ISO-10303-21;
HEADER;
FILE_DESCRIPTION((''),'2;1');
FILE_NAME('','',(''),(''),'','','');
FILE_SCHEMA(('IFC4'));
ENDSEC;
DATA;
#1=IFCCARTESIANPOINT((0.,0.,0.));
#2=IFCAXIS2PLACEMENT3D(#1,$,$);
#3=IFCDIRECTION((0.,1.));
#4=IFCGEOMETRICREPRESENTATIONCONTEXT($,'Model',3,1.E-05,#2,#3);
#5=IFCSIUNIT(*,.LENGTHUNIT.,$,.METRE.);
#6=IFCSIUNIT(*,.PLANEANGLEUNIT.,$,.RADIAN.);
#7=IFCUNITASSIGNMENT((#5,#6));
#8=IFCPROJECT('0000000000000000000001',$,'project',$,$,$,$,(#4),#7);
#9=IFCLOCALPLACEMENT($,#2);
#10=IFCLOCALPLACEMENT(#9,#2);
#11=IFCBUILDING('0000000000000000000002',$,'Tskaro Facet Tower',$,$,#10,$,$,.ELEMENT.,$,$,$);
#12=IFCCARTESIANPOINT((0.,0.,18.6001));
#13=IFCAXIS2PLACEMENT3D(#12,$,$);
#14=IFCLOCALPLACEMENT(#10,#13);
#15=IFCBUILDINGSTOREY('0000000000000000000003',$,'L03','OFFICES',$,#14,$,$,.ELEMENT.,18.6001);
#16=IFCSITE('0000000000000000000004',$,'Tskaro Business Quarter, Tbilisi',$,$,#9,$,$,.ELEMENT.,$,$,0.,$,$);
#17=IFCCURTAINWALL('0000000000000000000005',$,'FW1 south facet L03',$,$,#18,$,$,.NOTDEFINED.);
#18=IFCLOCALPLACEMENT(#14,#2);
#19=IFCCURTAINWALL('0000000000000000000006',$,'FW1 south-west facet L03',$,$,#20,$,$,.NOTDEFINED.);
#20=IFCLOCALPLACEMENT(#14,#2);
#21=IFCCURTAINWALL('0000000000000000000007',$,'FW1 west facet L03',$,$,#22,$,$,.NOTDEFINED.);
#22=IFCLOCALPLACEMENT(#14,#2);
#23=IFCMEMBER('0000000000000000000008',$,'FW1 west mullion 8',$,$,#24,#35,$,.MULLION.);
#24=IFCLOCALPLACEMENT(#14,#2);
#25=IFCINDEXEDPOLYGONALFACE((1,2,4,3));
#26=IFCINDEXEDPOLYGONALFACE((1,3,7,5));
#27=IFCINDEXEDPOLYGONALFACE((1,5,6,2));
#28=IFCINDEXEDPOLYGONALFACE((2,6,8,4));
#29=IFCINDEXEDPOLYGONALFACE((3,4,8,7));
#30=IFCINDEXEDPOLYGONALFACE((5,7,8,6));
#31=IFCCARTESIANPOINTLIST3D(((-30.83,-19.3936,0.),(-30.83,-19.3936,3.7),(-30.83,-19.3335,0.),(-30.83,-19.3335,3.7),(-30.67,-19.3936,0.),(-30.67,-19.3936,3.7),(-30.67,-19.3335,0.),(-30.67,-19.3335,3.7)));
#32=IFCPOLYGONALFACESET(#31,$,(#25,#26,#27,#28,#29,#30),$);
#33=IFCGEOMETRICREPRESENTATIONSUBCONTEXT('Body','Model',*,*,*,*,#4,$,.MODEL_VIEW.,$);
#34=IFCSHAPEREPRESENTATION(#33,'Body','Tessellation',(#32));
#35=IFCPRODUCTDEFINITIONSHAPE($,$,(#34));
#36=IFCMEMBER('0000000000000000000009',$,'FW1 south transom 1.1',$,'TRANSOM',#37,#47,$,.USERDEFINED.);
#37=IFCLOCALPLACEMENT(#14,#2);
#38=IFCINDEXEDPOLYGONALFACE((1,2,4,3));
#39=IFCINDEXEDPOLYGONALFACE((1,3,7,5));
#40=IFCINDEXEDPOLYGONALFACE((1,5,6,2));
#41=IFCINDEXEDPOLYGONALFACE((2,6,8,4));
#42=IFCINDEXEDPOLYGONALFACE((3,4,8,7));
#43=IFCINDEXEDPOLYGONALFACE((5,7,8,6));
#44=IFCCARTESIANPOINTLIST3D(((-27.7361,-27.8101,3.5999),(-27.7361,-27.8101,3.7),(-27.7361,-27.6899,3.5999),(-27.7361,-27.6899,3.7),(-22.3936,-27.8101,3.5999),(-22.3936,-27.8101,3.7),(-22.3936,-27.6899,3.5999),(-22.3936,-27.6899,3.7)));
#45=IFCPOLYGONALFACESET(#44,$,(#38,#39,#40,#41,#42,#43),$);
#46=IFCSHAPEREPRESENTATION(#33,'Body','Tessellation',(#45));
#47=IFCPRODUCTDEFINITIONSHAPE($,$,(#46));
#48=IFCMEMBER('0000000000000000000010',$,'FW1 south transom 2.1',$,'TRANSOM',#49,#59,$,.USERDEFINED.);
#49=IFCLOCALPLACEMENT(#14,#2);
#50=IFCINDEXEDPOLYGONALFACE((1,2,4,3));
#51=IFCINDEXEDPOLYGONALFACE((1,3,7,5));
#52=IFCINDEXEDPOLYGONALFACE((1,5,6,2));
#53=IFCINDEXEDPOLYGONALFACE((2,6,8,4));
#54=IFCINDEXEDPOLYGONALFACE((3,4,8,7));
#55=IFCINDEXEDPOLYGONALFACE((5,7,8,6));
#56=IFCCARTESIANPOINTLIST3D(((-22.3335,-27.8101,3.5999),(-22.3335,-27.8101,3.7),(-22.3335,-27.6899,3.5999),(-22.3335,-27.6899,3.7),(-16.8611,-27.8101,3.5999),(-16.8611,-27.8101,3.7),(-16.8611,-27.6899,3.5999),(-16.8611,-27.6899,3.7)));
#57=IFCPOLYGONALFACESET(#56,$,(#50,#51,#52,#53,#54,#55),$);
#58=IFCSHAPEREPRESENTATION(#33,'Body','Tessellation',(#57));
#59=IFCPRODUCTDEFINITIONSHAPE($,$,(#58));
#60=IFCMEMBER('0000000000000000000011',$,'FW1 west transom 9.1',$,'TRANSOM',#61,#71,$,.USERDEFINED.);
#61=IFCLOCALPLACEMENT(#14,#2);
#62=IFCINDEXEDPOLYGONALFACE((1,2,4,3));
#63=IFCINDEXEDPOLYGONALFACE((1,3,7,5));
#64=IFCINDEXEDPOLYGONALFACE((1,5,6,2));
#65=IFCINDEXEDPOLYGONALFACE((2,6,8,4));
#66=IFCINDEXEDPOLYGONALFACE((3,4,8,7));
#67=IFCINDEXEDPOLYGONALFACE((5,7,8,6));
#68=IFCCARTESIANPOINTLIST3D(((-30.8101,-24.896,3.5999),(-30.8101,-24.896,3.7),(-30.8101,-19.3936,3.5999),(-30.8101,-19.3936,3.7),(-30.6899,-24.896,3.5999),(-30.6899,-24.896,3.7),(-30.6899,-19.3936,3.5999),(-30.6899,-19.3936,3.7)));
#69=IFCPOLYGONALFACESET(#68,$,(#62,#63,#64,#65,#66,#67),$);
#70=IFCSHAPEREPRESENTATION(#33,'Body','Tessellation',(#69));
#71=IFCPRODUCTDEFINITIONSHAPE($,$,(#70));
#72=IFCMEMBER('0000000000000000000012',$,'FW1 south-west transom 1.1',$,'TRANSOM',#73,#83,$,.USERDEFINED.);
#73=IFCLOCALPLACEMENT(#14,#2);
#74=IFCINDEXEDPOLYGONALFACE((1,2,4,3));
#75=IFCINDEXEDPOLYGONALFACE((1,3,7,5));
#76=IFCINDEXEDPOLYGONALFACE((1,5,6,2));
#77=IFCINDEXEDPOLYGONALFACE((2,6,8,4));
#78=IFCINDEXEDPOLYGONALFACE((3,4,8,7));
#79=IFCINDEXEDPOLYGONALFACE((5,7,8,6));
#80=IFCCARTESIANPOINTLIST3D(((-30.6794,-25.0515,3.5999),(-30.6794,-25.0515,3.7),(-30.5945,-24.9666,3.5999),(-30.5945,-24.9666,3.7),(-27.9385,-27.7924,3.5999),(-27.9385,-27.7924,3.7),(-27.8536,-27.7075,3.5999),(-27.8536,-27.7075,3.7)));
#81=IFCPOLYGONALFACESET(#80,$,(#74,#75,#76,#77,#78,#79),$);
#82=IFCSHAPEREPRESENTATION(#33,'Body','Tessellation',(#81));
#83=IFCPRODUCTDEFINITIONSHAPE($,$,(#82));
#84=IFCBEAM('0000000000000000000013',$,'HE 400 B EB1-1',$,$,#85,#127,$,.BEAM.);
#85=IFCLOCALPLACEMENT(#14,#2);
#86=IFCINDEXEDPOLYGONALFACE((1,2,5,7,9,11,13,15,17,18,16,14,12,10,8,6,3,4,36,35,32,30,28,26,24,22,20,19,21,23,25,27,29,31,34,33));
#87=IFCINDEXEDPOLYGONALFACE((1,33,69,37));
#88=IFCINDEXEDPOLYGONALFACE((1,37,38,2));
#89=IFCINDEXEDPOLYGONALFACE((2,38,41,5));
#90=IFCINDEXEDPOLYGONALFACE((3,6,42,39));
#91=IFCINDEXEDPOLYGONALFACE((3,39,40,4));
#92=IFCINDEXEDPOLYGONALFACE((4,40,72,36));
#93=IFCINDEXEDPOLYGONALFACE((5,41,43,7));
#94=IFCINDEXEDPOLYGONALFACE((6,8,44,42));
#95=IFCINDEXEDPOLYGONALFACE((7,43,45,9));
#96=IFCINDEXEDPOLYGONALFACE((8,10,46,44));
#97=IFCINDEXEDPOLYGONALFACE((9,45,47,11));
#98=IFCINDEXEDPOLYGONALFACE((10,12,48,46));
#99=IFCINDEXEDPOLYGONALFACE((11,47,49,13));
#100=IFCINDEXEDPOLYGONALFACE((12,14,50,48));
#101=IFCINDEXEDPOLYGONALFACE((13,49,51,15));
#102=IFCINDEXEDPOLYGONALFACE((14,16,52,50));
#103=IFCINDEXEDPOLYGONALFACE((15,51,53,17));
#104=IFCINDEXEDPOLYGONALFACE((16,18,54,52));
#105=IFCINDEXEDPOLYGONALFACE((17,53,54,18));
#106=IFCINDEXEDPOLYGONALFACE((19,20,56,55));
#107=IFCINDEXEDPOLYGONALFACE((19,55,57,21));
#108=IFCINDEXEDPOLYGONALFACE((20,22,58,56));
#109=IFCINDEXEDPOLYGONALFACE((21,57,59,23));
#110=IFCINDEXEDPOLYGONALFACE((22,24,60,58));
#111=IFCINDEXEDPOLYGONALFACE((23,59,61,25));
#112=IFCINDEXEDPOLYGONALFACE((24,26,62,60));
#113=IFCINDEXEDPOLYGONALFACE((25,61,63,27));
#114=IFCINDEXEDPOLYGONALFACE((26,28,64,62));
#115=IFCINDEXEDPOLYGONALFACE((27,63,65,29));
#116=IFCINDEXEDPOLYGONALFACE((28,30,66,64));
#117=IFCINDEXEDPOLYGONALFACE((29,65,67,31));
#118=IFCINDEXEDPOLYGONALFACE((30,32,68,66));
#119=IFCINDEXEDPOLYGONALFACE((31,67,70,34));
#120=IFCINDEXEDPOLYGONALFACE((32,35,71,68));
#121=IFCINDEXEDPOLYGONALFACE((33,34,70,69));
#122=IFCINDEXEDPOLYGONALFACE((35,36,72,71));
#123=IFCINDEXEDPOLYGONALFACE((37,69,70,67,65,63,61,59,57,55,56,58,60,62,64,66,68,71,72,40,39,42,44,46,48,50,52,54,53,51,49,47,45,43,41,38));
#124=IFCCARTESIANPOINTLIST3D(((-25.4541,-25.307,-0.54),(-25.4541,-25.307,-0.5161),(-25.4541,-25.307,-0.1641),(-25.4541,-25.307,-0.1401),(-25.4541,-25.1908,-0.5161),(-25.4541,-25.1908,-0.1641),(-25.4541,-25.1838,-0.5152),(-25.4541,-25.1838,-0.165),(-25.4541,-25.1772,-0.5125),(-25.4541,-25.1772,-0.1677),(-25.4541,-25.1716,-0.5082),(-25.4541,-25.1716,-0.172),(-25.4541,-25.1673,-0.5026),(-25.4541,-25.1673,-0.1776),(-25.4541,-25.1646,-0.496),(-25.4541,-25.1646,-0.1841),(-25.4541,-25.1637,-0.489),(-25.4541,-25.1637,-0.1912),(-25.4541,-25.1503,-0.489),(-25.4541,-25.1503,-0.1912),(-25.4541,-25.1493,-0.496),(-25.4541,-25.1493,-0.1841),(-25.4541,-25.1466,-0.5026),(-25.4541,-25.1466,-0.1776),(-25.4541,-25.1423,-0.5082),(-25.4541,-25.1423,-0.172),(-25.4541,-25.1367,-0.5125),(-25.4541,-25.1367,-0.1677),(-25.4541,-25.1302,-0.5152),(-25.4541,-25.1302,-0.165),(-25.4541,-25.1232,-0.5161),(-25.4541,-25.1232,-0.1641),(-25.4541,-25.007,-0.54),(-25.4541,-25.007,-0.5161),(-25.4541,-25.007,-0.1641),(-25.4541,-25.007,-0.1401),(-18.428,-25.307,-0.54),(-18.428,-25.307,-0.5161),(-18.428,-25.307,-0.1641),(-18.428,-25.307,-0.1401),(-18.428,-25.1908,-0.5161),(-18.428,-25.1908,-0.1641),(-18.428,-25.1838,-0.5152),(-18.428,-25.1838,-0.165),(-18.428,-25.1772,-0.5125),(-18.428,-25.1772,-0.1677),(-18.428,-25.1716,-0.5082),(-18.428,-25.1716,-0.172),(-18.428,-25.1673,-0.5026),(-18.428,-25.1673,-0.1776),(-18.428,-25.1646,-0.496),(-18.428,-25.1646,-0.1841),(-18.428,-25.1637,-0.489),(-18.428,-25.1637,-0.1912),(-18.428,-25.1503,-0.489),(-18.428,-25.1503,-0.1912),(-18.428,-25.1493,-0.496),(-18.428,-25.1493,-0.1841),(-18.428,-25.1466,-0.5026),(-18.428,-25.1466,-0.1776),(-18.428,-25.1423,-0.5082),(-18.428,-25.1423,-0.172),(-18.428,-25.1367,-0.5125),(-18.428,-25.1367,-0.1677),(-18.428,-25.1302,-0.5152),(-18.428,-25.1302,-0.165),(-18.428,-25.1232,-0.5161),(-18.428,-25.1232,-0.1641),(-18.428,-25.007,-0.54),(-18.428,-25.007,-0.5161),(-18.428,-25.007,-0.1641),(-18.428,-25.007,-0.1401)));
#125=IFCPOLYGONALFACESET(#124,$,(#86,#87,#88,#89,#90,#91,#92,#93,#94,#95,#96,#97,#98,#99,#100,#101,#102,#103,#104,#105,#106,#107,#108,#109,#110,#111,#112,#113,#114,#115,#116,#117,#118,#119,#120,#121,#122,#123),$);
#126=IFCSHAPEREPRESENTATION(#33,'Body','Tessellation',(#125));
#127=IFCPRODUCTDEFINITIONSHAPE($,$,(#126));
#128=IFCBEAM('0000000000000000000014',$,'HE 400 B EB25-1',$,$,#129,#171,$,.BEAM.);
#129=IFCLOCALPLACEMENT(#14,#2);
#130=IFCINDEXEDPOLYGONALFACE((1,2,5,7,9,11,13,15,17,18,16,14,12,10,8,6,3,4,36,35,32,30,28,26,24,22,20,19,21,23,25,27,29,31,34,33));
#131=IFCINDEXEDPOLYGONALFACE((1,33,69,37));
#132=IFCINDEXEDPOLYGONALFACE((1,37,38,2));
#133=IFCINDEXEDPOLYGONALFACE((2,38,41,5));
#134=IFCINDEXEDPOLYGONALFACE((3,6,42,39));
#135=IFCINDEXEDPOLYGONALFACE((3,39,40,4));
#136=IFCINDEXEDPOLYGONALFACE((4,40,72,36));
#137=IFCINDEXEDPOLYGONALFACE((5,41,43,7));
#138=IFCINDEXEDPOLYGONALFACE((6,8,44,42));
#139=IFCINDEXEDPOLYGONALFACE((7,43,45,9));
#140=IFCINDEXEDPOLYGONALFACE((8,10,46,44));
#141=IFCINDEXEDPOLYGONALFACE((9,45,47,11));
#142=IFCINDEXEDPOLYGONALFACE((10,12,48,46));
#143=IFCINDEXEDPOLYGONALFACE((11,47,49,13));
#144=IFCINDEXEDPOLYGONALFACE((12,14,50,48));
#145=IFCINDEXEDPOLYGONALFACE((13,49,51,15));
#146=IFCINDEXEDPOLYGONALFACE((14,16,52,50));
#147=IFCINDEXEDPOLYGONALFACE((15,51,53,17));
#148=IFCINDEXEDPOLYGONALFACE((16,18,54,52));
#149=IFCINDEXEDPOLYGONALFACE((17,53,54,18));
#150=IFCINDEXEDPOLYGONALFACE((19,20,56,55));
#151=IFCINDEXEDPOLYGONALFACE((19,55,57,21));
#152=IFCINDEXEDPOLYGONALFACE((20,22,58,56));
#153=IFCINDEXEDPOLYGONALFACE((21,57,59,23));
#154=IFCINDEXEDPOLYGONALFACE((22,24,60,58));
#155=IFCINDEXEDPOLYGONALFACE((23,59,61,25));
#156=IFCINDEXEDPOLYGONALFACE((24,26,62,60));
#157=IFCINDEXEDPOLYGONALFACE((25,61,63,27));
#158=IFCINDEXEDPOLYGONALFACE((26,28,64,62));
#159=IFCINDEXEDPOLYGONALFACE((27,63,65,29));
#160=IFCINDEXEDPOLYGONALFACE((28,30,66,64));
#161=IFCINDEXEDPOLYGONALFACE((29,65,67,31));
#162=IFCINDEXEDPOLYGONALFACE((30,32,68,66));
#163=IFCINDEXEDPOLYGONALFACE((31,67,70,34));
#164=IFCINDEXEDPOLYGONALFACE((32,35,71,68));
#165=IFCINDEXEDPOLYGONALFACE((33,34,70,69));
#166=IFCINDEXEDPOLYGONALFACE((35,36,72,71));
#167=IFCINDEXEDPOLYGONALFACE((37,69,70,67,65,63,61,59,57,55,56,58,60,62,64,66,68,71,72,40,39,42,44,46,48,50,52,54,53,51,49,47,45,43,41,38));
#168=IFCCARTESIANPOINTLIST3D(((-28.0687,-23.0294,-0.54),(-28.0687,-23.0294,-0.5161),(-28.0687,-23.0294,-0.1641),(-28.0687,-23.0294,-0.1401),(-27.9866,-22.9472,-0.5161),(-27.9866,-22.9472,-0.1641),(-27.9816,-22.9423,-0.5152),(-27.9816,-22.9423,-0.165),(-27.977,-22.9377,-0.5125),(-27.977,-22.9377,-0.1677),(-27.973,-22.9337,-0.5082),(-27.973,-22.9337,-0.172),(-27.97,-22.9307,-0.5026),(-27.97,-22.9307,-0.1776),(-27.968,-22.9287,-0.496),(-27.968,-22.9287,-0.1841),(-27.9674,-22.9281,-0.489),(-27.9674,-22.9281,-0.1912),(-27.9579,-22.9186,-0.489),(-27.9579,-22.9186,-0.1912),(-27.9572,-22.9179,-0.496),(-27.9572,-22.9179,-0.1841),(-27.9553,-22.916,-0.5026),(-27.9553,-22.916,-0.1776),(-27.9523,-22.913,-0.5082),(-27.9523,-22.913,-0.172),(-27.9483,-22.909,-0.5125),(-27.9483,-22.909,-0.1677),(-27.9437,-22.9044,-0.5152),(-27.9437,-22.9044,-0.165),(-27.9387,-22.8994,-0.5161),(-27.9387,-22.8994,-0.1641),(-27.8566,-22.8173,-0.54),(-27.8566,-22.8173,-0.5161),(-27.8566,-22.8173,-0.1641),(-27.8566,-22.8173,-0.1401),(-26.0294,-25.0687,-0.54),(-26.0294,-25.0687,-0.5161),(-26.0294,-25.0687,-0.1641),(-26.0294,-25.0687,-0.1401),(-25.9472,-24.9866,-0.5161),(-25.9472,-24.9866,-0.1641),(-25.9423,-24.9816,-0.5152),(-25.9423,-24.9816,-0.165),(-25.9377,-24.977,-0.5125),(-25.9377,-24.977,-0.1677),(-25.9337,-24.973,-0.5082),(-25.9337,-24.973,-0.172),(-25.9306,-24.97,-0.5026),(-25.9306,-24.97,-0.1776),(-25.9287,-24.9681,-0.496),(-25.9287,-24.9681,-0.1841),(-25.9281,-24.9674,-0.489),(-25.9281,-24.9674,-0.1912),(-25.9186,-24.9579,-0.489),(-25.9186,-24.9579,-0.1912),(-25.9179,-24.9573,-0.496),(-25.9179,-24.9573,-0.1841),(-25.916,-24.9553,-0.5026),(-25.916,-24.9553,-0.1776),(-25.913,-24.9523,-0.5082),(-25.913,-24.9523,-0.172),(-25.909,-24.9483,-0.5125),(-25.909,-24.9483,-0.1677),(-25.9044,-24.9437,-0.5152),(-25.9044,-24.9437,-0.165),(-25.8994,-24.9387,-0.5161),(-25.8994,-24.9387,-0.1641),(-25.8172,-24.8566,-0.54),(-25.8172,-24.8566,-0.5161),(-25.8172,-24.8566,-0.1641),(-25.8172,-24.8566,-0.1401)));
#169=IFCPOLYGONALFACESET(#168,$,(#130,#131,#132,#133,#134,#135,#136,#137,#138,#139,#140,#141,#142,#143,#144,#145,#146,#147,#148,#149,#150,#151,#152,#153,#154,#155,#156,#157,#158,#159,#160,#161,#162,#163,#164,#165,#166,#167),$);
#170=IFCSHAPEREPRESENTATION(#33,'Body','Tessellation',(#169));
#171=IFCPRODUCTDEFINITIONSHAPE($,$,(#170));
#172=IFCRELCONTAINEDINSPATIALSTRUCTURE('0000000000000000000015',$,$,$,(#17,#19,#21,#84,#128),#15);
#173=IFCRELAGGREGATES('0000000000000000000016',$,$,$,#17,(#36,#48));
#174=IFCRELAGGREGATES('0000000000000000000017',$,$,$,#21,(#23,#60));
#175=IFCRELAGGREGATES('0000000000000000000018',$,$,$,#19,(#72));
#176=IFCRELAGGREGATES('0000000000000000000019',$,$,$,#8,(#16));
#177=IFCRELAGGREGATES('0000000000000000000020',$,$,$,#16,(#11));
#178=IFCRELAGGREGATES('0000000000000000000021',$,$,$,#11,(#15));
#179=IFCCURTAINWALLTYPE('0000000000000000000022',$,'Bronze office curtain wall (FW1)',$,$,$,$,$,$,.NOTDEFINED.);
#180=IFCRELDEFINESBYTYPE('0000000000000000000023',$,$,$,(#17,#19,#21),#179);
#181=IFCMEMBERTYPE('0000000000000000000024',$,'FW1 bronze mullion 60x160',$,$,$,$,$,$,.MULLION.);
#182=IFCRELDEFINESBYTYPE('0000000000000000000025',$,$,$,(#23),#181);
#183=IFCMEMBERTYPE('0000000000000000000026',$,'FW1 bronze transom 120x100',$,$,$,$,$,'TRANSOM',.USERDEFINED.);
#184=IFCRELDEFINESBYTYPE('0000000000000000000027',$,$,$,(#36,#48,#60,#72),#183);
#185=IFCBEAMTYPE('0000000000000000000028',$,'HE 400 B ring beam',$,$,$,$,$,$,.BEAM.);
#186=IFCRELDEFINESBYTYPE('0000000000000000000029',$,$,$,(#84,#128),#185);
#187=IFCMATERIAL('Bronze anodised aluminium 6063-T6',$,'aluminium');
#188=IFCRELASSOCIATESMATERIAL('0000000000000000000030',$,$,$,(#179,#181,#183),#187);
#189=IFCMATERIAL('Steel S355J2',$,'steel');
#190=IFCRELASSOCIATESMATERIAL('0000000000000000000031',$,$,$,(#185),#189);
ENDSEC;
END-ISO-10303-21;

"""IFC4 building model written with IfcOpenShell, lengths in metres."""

from ifc_helpers import new_model, si_unit, direction, frame, origin, origin_2d, place, context, subcontext, project, spatial, rectangle, i_section, extrude, material, material_profile, profile_set, type_object, element, aggregate, save


model = new_model("IFC4")

# Units and contexts
model_context = context("Model", 3, precision=1e-05, world=origin(), true_north=direction((0.0, 1.0)))
body_context = subcontext(model_context, "Body", "Model", "MODEL_VIEW")
ifc_project = project(units=[si_unit("LENGTHUNIT", "METRE"), si_unit("PLANEANGLEUNIT", "RADIAN")], contexts=[model_context])

# Site, building, storey
site_placement = place(None, origin())
site = spatial("IfcSite", under=ifc_project, at=site_placement, Name="Tskaro Business Quarter, Tbilisi", CompositionType="ELEMENT", RefElevation=0.0)
building_placement = place(site_placement, origin())
building = spatial("IfcBuilding", under=site, at=building_placement, Name="Tskaro Facet Tower", CompositionType="ELEMENT")
storey_placement = place(building_placement, frame((0.0, 0.0, 18.6001)))
storey = spatial("IfcBuildingStorey", under=building, at=storey_placement, Name="L03", Description="OFFICES", CompositionType="ELEMENT", Elevation=18.6001)

# Curtain walls
ifc_material_1 = material(Name="Bronze anodised aluminium 6063-T6", Category="aluminium")
curtain_wall_type = type_object("IfcCurtainWallType", Name="Bronze office curtain wall (FW1)", PredefinedType="NOTDEFINED", material=ifc_material_1)
curtain_wall_1_placement = place(storey_placement, origin())
curtain_wall_1 = element("IfcCurtainWall", 1, at=curtain_wall_1_placement, inside=storey, type_object=curtain_wall_type, Name="FW1 south facet L03", PredefinedType="NOTDEFINED")
curtain_wall_2_placement = place(storey_placement, origin())
curtain_wall_2 = element("IfcCurtainWall", 2, at=curtain_wall_2_placement, inside=storey, type_object=curtain_wall_type, Name="FW1 south-west facet L03", PredefinedType="NOTDEFINED")

# Shared definitions
ifc_material_profile_1 = material_profile(ifc_material_1, rectangle(XDim=0.0601, YDim=0.1599, at=origin_2d()), Name="Mullion 60x160")
ifc_profile_set_1 = profile_set([ifc_material_profile_1], Name="Bronze anodised aluminium 6063-T6")
member_type_1 = type_object("IfcMemberType", Name="FW1 bronze mullion 60x160", PredefinedType="MULLION", material=ifc_profile_set_1)

# Curtain wall, member
curtain_wall_3_placement = place(storey_placement, origin())
curtain_wall_3 = element("IfcCurtainWall", 3, at=curtain_wall_3_placement, inside=storey, type_object=curtain_wall_type, Name="FW1 west facet L03", PredefinedType="NOTDEFINED")
member_1_placement = place(storey_placement, frame((-30.75, -19.3635, 0.0), z_axis=(0.0, 0.0, 1.0), x_axis=(0.0, -1.0, 0.0)))
member_1 = element("IfcMember", 4, at=member_1_placement, type_object=member_type_1, Name="FW1 west mullion 8", PredefinedType="MULLION", context=body_context, shape_type="SweptSolid", body=[
    extrude(rectangle(XDim=0.0601, YDim=0.1599, at=origin_2d()), origin(), (0.0, 0.0, 1.0), 3.7),
])

# Members
ifc_material_profile_2 = material_profile(ifc_material_1, rectangle(XDim=0.1201, YDim=0.1001, at=origin_2d()), Name="Transom 120x100")
ifc_profile_set_2 = profile_set([ifc_material_profile_2], Name="Bronze anodised aluminium 6063-T6")
member_type_2 = type_object("IfcMemberType", Name="FW1 bronze transom 120x100", ElementType="TRANSOM", PredefinedType="USERDEFINED", material=ifc_profile_set_2)
member_2_placement = place(storey_placement, frame((-27.7361, -27.75, 3.6499), z_axis=(1.0, 0.0, 0.0), x_axis=(0.0, 1.0, 0.0)))
member_2 = element("IfcMember", 5, at=member_2_placement, type_object=member_type_2, Name="FW1 south transom 1.1", ObjectType="TRANSOM", PredefinedType="USERDEFINED", context=body_context, shape_type="SweptSolid", body=[
    extrude(rectangle(XDim=0.1201, YDim=0.1001, at=origin_2d()), origin(), (0.0, 0.0, 1.0), 5.3425),
])
member_3_placement = place(storey_placement, frame((-22.3335, -27.75, 3.6499), z_axis=(1.0, 0.0, 0.0), x_axis=(0.0, 1.0, 0.0)))
member_3 = element("IfcMember", 6, at=member_3_placement, type_object=member_type_2, Name="FW1 south transom 2.1", ObjectType="TRANSOM", PredefinedType="USERDEFINED", context=body_context, shape_type="SweptSolid", body=[
    extrude(rectangle(XDim=0.1201, YDim=0.1001, at=origin_2d()), origin(), (0.0, 0.0, 1.0), 5.4724),
])
member_4_placement = place(storey_placement, frame((-30.75, -19.3936, 3.6499), z_axis=(0.0, -1.0, 0.0), x_axis=(1.0, 0.0, 0.0)))
member_4 = element("IfcMember", 7, at=member_4_placement, type_object=member_type_2, Name="FW1 west transom 9.1", ObjectType="TRANSOM", PredefinedType="USERDEFINED", context=body_context, shape_type="SweptSolid", body=[
    extrude(rectangle(XDim=0.1201, YDim=0.1001, at=origin_2d()), origin(), (0.0, 0.0, 1.0), 5.5024),
])
member_5_placement = place(storey_placement, frame((-30.637, -25.009, 3.6499), z_axis=(0.707107, -0.707107, 0.0), x_axis=(0.707107, 0.707107, 0.0)))
member_5 = element("IfcMember", 8, at=member_5_placement, type_object=member_type_2, Name="FW1 south-west transom 1.1", ObjectType="TRANSOM", PredefinedType="USERDEFINED", context=body_context, shape_type="SweptSolid", body=[
    extrude(rectangle(XDim=0.1201, YDim=0.1001, at=origin_2d()), origin(), (0.0, 0.0, 1.0), 3.8762),
])

# Beams
ifc_material_2 = material(Name="Steel S355J2", Category="steel")
ifc_material_profile_3 = material_profile(ifc_material_2, i_section(OverallWidth=0.3, OverallDepth=0.3999, WebThickness=0.0134, FlangeThickness=0.0239, FilletRadius=0.0271, at=origin_2d()), Name="HE 400 B")
ifc_profile_set_3 = profile_set([ifc_material_profile_3], Name="Steel S355J2")
beam_type_1 = type_object("IfcBeamType", Name="HE 400 B ring beam", PredefinedType="BEAM", material=ifc_profile_set_3)
beam_1_placement = place(storey_placement, frame((-25.4541, -25.157, -0.3401), z_axis=(1.0, 0.0, 0.0), x_axis=(0.0, 1.0, 0.0)))
element("IfcBeam", 9, at=beam_1_placement, inside=storey, type_object=beam_type_1, Name="HE 400 B EB1-1", PredefinedType="BEAM", context=body_context, shape_type="SweptSolid", body=[
    extrude(i_section(OverallWidth=0.3, OverallDepth=0.3999, WebThickness=0.0134, FlangeThickness=0.0239, FilletRadius=0.0271, at=origin_2d()), origin(), (0.0, 0.0, 1.0), 7.0261),
])
beam_2_placement = place(storey_placement, frame((-27.9626, -22.9233, -0.3401), z_axis=(0.707107, -0.707107, 0.0), x_axis=(0.707107, 0.707107, 0.0)))
element("IfcBeam", 10, at=beam_2_placement, inside=storey, type_object=beam_type_1, Name="HE 400 B EB25-1", PredefinedType="BEAM", context=body_context, shape_type="SweptSolid", body=[
    extrude(i_section(OverallWidth=0.3, OverallDepth=0.3999, WebThickness=0.0134, FlangeThickness=0.0239, FilletRadius=0.0271, at=origin_2d()), origin(), (0.0, 0.0, 1.0), 2.884),
])

aggregate(curtain_wall_1, [member_2, member_3])
aggregate(curtain_wall_3, [member_1, member_4])
aggregate(curtain_wall_2, [member_5])

save(model, "model.ifc")
